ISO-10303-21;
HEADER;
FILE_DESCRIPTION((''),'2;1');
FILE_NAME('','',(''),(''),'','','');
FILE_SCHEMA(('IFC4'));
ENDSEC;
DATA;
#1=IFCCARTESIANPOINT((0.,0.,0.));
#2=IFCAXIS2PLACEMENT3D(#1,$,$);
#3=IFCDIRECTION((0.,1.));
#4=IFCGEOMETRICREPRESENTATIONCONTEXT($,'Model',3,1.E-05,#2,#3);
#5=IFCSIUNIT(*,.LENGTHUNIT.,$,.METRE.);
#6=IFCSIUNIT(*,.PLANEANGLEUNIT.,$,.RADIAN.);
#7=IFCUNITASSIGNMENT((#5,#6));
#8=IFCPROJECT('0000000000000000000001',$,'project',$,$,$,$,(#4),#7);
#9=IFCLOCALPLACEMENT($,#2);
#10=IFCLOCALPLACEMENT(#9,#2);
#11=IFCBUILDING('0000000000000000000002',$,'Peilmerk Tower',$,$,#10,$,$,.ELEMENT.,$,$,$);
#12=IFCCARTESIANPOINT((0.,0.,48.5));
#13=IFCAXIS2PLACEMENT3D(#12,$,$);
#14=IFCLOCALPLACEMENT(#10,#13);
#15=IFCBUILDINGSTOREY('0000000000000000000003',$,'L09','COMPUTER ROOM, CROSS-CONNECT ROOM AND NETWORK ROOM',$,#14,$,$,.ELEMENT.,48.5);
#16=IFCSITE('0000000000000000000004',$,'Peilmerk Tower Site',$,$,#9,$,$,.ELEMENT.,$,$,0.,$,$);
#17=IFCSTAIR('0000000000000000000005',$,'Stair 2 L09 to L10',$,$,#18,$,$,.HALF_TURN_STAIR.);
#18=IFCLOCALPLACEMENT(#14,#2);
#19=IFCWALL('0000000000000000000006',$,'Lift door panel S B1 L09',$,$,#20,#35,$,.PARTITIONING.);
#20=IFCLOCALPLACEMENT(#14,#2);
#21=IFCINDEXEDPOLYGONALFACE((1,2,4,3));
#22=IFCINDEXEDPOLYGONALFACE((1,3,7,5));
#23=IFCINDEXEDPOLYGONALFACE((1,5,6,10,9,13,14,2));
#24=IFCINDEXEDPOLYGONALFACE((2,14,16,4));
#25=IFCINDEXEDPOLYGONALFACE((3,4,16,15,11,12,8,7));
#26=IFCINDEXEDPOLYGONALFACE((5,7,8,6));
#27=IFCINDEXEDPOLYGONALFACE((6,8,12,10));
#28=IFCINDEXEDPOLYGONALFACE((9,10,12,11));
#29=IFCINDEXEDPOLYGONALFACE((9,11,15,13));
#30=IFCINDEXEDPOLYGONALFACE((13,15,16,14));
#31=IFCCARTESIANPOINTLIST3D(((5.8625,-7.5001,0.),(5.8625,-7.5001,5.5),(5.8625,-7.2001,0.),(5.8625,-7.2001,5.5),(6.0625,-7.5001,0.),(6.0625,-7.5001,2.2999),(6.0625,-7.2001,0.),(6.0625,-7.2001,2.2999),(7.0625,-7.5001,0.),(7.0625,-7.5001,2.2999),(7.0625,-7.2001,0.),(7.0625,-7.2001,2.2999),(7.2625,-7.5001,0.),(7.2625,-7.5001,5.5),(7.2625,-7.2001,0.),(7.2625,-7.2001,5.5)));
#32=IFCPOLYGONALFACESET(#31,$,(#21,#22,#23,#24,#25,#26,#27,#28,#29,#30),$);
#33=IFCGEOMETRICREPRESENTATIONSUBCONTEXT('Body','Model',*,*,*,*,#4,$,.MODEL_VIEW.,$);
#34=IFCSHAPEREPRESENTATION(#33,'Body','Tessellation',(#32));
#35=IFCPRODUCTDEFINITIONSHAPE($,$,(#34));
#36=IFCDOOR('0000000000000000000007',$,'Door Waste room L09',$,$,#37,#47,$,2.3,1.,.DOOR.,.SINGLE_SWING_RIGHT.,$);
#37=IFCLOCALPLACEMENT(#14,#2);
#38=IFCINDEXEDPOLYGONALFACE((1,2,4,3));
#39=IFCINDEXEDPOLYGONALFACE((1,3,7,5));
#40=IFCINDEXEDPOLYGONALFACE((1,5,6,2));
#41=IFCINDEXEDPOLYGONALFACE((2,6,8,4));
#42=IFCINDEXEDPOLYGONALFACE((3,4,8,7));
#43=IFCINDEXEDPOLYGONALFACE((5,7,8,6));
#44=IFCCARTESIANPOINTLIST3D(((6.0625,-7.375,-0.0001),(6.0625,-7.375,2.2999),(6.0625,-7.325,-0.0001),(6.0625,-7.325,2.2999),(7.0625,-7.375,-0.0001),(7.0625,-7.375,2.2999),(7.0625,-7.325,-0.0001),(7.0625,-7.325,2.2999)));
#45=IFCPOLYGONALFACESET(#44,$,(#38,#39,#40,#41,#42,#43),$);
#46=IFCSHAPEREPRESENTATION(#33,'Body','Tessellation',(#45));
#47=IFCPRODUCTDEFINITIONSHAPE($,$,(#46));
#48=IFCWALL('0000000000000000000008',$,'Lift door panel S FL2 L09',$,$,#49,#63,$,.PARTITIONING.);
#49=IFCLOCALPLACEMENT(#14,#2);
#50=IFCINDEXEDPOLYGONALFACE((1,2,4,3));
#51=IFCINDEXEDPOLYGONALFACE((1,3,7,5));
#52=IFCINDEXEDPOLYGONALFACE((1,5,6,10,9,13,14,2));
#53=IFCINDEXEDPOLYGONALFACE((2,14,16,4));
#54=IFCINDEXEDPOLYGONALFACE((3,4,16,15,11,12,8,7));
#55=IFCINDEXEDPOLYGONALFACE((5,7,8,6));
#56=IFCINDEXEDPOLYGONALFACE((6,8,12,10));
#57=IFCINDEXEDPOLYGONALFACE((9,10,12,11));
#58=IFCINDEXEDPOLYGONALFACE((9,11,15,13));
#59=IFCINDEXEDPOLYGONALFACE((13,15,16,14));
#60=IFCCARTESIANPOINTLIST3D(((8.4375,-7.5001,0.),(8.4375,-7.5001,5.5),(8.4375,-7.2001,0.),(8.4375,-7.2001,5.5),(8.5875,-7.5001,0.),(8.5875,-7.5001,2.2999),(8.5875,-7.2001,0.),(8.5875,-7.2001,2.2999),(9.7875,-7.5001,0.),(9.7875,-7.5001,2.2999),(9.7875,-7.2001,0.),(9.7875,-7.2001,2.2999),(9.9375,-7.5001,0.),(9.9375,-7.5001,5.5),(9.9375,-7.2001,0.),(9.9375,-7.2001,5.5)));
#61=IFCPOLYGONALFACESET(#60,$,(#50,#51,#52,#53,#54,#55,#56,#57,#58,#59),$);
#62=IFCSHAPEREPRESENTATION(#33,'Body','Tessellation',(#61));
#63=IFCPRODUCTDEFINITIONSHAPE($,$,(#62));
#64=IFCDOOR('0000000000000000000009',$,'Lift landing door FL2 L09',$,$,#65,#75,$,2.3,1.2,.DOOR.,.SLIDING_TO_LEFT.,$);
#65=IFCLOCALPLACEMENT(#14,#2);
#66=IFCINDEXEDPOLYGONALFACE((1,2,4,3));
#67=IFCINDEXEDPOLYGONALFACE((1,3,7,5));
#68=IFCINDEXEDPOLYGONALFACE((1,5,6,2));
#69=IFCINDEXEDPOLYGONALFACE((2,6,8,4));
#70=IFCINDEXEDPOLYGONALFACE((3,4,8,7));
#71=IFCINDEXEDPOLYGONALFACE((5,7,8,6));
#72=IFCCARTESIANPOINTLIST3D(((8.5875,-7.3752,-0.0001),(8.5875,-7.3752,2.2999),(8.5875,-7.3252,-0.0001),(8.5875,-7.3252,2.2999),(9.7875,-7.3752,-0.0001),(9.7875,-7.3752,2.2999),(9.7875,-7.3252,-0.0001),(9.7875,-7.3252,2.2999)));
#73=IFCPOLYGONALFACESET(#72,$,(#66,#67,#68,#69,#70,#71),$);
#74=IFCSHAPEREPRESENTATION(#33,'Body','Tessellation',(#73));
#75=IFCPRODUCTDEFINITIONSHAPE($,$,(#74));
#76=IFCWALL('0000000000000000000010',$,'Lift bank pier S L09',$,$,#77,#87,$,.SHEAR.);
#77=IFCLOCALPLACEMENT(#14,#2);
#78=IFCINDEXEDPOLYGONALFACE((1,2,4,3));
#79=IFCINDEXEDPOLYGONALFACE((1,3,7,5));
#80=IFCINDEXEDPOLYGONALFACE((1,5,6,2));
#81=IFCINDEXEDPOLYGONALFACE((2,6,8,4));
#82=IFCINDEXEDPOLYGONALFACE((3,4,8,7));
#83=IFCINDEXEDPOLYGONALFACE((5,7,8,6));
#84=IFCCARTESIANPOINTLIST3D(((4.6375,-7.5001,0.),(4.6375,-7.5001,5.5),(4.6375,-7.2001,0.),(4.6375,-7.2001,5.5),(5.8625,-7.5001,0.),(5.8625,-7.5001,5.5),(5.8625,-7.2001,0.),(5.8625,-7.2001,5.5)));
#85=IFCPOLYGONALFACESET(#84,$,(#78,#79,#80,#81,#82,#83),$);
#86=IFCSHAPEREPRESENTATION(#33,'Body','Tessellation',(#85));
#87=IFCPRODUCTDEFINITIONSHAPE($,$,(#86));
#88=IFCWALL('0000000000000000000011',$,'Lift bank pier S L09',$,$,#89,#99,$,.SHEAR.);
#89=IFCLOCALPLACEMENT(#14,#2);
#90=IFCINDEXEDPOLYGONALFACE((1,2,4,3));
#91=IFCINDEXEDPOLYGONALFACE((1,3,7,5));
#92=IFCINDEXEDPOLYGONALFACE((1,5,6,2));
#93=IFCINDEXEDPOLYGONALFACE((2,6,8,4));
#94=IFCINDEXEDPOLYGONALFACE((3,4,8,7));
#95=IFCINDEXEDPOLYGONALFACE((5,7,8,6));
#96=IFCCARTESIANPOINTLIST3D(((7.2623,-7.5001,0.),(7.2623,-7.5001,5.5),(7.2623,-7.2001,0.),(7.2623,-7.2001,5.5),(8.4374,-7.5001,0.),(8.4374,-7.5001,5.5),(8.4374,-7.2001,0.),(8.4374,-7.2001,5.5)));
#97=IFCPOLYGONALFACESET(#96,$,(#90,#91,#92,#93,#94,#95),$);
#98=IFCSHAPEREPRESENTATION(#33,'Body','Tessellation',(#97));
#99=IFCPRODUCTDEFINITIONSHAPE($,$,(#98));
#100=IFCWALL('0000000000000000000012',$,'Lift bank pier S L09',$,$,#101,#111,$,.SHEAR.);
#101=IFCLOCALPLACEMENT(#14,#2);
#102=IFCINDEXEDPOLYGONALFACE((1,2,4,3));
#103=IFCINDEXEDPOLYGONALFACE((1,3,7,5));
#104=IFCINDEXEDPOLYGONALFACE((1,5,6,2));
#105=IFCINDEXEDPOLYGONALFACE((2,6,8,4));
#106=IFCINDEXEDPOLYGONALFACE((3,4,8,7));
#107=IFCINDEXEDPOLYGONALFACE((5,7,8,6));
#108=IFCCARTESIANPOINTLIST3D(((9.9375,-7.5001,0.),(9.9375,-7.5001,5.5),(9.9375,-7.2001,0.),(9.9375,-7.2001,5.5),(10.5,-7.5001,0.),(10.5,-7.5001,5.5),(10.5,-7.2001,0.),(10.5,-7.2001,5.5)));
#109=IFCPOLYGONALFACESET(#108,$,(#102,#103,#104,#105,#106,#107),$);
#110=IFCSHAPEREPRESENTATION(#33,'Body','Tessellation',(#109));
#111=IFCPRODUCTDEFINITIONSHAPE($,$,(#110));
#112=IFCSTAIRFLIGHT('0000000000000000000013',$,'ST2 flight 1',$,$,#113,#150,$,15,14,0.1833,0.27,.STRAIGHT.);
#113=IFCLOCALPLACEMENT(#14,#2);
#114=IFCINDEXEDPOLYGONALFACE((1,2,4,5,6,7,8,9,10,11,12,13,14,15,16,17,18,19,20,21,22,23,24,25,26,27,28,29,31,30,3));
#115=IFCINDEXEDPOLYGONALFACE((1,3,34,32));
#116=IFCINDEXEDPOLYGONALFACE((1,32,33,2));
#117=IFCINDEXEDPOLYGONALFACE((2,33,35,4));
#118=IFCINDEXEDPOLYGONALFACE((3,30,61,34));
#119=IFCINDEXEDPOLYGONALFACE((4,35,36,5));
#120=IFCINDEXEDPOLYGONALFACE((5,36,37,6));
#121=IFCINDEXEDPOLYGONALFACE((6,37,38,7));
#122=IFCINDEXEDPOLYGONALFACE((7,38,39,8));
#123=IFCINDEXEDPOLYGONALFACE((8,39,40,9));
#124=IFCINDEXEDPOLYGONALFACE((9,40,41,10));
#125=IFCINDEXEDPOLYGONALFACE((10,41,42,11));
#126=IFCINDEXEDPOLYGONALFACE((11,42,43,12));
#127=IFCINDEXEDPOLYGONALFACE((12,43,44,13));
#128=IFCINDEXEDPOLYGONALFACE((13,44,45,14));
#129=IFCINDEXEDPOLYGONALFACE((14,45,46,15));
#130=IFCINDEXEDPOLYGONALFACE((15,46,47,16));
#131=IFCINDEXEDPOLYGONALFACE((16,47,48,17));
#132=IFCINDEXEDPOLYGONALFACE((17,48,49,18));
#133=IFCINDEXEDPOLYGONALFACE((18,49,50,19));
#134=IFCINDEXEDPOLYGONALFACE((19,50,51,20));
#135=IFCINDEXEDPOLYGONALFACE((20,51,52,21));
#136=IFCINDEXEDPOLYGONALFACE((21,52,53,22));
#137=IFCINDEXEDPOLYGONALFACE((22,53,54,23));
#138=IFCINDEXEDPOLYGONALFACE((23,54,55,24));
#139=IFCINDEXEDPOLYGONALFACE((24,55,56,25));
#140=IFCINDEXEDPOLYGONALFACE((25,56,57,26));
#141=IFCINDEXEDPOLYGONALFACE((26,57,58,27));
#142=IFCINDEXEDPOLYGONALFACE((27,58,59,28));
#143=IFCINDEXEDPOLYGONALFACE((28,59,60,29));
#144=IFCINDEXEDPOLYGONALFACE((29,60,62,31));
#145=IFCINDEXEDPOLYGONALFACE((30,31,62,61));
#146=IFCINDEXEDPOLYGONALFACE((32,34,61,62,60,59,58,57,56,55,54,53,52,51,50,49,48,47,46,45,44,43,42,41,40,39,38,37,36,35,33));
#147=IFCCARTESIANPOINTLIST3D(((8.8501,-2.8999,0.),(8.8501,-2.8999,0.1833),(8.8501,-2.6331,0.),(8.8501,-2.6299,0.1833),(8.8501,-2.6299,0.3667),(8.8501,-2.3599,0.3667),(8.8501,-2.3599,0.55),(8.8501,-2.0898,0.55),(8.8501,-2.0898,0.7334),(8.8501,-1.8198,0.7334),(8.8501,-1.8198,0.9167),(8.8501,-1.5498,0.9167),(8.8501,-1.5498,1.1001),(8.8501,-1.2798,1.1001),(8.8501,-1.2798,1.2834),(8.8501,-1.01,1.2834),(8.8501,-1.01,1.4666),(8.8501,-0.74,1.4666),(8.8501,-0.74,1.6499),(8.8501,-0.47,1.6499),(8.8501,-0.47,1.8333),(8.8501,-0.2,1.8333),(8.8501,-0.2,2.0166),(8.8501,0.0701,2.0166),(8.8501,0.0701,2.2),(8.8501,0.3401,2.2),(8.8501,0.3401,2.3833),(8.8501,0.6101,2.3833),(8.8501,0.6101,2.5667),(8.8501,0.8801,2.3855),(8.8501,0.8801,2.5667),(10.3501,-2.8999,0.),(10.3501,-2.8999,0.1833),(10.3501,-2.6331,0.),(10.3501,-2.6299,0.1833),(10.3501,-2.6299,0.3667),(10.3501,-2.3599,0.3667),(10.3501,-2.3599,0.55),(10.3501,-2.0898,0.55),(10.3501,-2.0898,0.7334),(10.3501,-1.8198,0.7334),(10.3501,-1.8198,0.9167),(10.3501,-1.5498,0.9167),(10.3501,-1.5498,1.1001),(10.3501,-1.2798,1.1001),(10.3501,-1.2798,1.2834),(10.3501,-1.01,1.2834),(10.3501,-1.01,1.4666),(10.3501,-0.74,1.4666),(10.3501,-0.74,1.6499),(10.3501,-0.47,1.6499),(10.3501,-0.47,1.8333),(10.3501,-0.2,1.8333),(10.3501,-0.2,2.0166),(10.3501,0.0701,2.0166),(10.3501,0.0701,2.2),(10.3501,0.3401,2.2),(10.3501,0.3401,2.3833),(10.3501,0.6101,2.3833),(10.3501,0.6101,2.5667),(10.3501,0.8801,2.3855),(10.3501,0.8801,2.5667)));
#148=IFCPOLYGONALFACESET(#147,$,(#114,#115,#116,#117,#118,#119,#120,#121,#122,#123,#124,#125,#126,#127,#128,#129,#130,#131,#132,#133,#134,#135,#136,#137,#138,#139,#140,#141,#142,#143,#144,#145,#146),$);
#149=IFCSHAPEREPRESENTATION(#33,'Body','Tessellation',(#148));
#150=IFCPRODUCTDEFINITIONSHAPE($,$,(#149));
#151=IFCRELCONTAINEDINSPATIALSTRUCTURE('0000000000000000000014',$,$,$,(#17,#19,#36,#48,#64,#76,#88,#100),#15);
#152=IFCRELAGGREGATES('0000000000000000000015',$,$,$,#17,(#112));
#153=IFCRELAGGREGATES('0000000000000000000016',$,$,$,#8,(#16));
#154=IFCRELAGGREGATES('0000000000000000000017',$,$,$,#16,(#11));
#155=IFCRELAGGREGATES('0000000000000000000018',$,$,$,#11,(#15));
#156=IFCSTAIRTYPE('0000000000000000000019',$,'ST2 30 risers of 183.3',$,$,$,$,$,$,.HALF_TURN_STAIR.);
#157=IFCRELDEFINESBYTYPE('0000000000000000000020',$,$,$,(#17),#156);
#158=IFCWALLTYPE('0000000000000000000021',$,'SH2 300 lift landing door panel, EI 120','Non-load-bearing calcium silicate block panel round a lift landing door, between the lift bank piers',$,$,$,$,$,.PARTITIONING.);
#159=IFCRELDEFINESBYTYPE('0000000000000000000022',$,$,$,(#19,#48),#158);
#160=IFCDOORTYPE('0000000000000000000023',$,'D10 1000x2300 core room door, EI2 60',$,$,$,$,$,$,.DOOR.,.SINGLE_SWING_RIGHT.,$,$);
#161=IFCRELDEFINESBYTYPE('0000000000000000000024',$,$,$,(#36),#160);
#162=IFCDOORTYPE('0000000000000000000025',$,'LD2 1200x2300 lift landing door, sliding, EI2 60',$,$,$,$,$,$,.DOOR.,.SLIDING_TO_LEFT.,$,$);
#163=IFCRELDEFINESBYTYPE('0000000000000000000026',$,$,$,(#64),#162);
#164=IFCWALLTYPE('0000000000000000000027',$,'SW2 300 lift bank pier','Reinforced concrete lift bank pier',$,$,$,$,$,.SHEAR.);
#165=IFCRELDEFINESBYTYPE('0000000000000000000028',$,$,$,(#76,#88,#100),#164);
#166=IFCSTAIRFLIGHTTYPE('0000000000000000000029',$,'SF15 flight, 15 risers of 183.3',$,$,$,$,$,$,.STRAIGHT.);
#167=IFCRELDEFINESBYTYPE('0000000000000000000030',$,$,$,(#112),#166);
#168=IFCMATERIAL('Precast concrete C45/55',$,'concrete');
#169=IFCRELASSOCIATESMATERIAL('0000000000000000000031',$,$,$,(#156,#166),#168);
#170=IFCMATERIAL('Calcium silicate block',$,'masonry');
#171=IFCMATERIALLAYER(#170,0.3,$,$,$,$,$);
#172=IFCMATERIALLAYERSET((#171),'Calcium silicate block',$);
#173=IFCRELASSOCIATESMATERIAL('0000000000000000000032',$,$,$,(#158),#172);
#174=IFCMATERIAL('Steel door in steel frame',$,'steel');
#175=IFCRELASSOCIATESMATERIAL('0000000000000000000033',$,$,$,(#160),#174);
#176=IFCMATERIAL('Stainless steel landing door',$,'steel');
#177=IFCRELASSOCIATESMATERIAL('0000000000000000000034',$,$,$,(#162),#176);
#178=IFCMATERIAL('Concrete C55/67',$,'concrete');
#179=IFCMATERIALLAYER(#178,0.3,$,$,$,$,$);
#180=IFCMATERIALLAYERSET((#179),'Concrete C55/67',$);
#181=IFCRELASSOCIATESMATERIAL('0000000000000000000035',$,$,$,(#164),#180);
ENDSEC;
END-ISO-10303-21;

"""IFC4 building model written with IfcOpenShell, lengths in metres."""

from ifc_helpers import new_model, si_unit, direction, frame, frame_2d, origin, place, context, subcontext, project, spatial, polyline, rectangle, outline, extrude, material, layer, layer_set, type_object, element, fill, aggregate, save


model = new_model("IFC4")

# Units and contexts
model_context = context("Model", 3, precision=1e-05, world=origin(), true_north=direction((0.0, 1.0)))
body_context = subcontext(model_context, "Body", "Model", "MODEL_VIEW")
ifc_project = project(units=[si_unit("LENGTHUNIT", "METRE"), si_unit("PLANEANGLEUNIT", "RADIAN")], contexts=[model_context])

# Site, building, storey
site_placement = place(None, origin())
site = spatial("IfcSite", under=ifc_project, at=site_placement, Name="Peilmerk Tower Site", CompositionType="ELEMENT", RefElevation=0.0)
building_placement = place(site_placement, origin())
building = spatial("IfcBuilding", under=site, at=building_placement, Name="Peilmerk Tower", CompositionType="ELEMENT")
storey_placement = place(building_placement, frame((0.0, 0.0, 48.5)))
storey = spatial("IfcBuildingStorey", under=building, at=storey_placement, Name="L09", Description="COMPUTER ROOM, CROSS-CONNECT ROOM AND NETWORK ROOM", CompositionType="ELEMENT", Elevation=48.5)

# Stair
ifc_material_1 = material(Name="Precast concrete C45/55", Category="concrete")
stair_type_1 = type_object("IfcStairType", Name="ST2 30 risers of 183.3", PredefinedType="HALF_TURN_STAIR", material=ifc_material_1)
stair_1_placement = place(storey_placement, origin())
stair_1 = element("IfcStair", 1, at=stair_1_placement, inside=storey, type_object=stair_type_1, Name="Stair 2 L09 to L10", PredefinedType="HALF_TURN_STAIR")

# Shared definitions
ifc_material_2 = material(Name="Steel door in steel frame", Category="steel")

# Shared definitions
ifc_material_3 = material(Name="Calcium silicate block", Category="masonry")
ifc_layer_1 = layer(ifc_material_3, 0.3)
ifc_layer_set_1 = layer_set([ifc_layer_1], Name="Calcium silicate block")
wall_type_1 = type_object("IfcWallType", Name="SH2 300 lift landing door panel, EI 120", Description="Non-load-bearing calcium silicate block panel round a lift landing door, between the lift bank piers", PredefinedType="PARTITIONING", material=ifc_layer_set_1)

# Walls, openings, doors
wall_1_placement = place(storey_placement, frame((5.8625, -7.3501, 0.0), z_axis=(0.0, 0.0, 1.0), x_axis=(1.0, 0.0, 0.0)))
wall_1 = element("IfcWall", 2, at=wall_1_placement, inside=storey, type_object=wall_type_1, Name="Lift door panel S B1 L09", PredefinedType="PARTITIONING", context=body_context, shape_type="SweptSolid", body=[
    extrude(rectangle(XDim=1.3999, YDim=0.3, at=frame_2d((0.7, 0.0))), origin(), (0.0, 0.0, 1.0), 5.5),
])
opening_1_placement = place(wall_1_placement, frame((0.2, 0.0, 0.0)))
opening_1 = element("IfcOpeningElement", 3, at=opening_1_placement, cuts=wall_1, PredefinedType="OPENING", context=body_context, shape_type="SweptSolid", body=[
    extrude(rectangle(XDim=1.0, YDim=2.3, at=frame_2d((0.5, 1.1499))), frame((0.0, 0.1599, 0.0), z_axis=(0.0, -1.0, 0.0), x_axis=(1.0, 0.0, 0.0)), (0.0, 0.0, 1.0), 0.3201),
])
door_type_1 = type_object("IfcDoorType", Name="D10 1000x2300 core room door, EI2 60", OperationType="SINGLE_SWING_RIGHT", PredefinedType="DOOR", material=ifc_material_2)
door_1_placement = place(opening_1_placement, frame((1.0, 0.0, 0.0), z_axis=(0.0, 0.0, 1.0), x_axis=(-1.0, 0.0, 0.0)))
door_1 = element("IfcDoor", 4, at=door_1_placement, inside=storey, type_object=door_type_1, Name="Door Waste room L09", OperationType="SINGLE_SWING_RIGHT", OverallHeight=2.3, OverallWidth=1.0, PredefinedType="DOOR", context=body_context, shape_type="SweptSolid", body=[
    extrude(rectangle(XDim=1.0, YDim=2.3, at=frame_2d((0.5, 1.1499))), frame((0.0, 0.0249, 0.0), z_axis=(0.0, -1.0, 0.0), x_axis=(1.0, 0.0, 0.0)), (0.0, 0.0, 1.0), 0.05),
])
fill(opening_1, door_1)
wall_2_placement = place(storey_placement, frame((8.4375, -7.3501, 0.0), z_axis=(0.0, 0.0, 1.0), x_axis=(1.0, 0.0, 0.0)))
wall_2 = element("IfcWall", 5, at=wall_2_placement, inside=storey, type_object=wall_type_1, Name="Lift door panel S FL2 L09", PredefinedType="PARTITIONING", context=body_context, shape_type="SweptSolid", body=[
    extrude(rectangle(XDim=1.5, YDim=0.3, at=frame_2d((0.75, 0.0))), origin(), (0.0, 0.0, 1.0), 5.5),
])
opening_2_placement = place(wall_2_placement, frame((0.1499, 0.0, 0.0)))
opening_2 = element("IfcOpeningElement", 6, at=opening_2_placement, cuts=wall_2, PredefinedType="OPENING", context=body_context, shape_type="SweptSolid", body=[
    extrude(rectangle(XDim=1.2, YDim=2.3, at=frame_2d((0.6001, 1.1499))), frame((0.0, 0.1599, 0.0), z_axis=(0.0, -1.0, 0.0), x_axis=(1.0, 0.0, 0.0)), (0.0, 0.0, 1.0), 0.3201),
])
ifc_material_4 = material(Name="Stainless steel landing door", Category="steel")
door_type_2 = type_object("IfcDoorType", Name="LD2 1200x2300 lift landing door, sliding, EI2 60", OperationType="SLIDING_TO_LEFT", PredefinedType="DOOR", material=ifc_material_4)
door_2_placement = place(opening_2_placement, origin())
door_2 = element("IfcDoor", 7, at=door_2_placement, inside=storey, type_object=door_type_2, Name="Lift landing door FL2 L09", OperationType="SLIDING_TO_LEFT", OverallHeight=2.3, OverallWidth=1.2, PredefinedType="DOOR", context=body_context, shape_type="SweptSolid", body=[
    extrude(rectangle(XDim=1.2, YDim=2.3, at=frame_2d((0.6001, 1.1499))), frame((0.0, 0.0249, 0.0), z_axis=(0.0, -1.0, 0.0), x_axis=(1.0, 0.0, 0.0)), (0.0, 0.0, 1.0), 0.05),
])
fill(opening_2, door_2)

# Walls
ifc_material_5 = material(Name="Concrete C55/67", Category="concrete")
ifc_layer_2 = layer(ifc_material_5, 0.3)
ifc_layer_set_2 = layer_set([ifc_layer_2], Name="Concrete C55/67")
wall_type_2 = type_object("IfcWallType", Name="SW2 300 lift bank pier", Description="Reinforced concrete lift bank pier", PredefinedType="SHEAR", material=ifc_layer_set_2)
wall_3_placement = place(storey_placement, frame((4.6375, -7.3501, 0.0), z_axis=(0.0, 0.0, 1.0), x_axis=(1.0, 0.0, 0.0)))
element("IfcWall", 8, at=wall_3_placement, inside=storey, type_object=wall_type_2, Name="Lift bank pier S L09", PredefinedType="SHEAR", context=body_context, shape_type="SweptSolid", body=[
    extrude(rectangle(XDim=1.2251, YDim=0.3, at=frame_2d((0.6125, 0.0))), origin(), (0.0, 0.0, 1.0), 5.5),
])
wall_4_placement = place(storey_placement, frame((7.2625, -7.3501, 0.0), z_axis=(0.0, 0.0, 1.0), x_axis=(1.0, 0.0, 0.0)))
element("IfcWall", 9, at=wall_4_placement, inside=storey, type_object=wall_type_2, Name="Lift bank pier S L09", PredefinedType="SHEAR", context=body_context, shape_type="SweptSolid", body=[
    extrude(rectangle(XDim=1.175, YDim=0.3, at=frame_2d((0.5874, 0.0))), origin(), (0.0, 0.0, 1.0), 5.5),
])
wall_5_placement = place(storey_placement, frame((9.9375, -7.3501, 0.0), z_axis=(0.0, 0.0, 1.0), x_axis=(1.0, 0.0, 0.0)))
element("IfcWall", 10, at=wall_5_placement, inside=storey, type_object=wall_type_2, Name="Lift bank pier S L09", PredefinedType="SHEAR", context=body_context, shape_type="SweptSolid", body=[
    extrude(rectangle(XDim=0.5625, YDim=0.3, at=frame_2d((0.2812, 0.0))), origin(), (0.0, 0.0, 1.0), 5.5),
])

# Stair flight
stair_flight_type = type_object("IfcStairFlightType", Name="SF15 flight, 15 risers of 183.3", PredefinedType="STRAIGHT", material=ifc_material_1)
stair_flight_placement = place(storey_placement, frame((9.6001, -2.8999, 0.0), z_axis=(0.0, 0.0, 1.0), x_axis=(0.0, 1.0, 0.0)))
stair_flight = element("IfcStairFlight", 11, at=stair_flight_placement, type_object=stair_flight_type, Name="ST2 flight 1", NumberOfRisers=15, NumberOfTreads=14, PredefinedType="STRAIGHT", RiserHeight=0.1833, TreadLength=0.27, context=body_context, shape_type="SweptSolid", body=[
    extrude(outline(polyline([(0.0, 0.0), (0.0, 0.1833), (0.27, 0.1833), (0.27, 0.3667), (0.54, 0.3667), (0.54, 0.55), (0.8101, 0.55), (0.8101, 0.7334), (1.0801, 0.7334), (1.0801, 0.9167), (1.3501, 0.9167), (1.3501, 1.1001), (1.6201, 1.1001), (1.6201, 1.2834), (1.8899, 1.2834), (1.8899, 1.4666), (2.1599, 1.4666), (2.1599, 1.6499), (2.4299, 1.6499), (2.4299, 1.8333), (2.7, 1.8333), (2.7, 2.0166), (2.97, 2.0166), (2.97, 2.2), (3.24, 2.2), (3.24, 2.3833), (3.51, 2.3833), (3.51, 2.5667), (3.78, 2.5667), (3.78, 2.75), (3.78, 2.3855), (0.2668, 0.0), (0.0, 0.0)])), frame((0.0, 0.75, 0.0), z_axis=(0.0, -1.0, 0.0), x_axis=(1.0, 0.0, 0.0)), (0.0, 0.0, 1.0), 1.5),
])
aggregate(stair_1, [stair_flight])

save(model, "model.ifc")
